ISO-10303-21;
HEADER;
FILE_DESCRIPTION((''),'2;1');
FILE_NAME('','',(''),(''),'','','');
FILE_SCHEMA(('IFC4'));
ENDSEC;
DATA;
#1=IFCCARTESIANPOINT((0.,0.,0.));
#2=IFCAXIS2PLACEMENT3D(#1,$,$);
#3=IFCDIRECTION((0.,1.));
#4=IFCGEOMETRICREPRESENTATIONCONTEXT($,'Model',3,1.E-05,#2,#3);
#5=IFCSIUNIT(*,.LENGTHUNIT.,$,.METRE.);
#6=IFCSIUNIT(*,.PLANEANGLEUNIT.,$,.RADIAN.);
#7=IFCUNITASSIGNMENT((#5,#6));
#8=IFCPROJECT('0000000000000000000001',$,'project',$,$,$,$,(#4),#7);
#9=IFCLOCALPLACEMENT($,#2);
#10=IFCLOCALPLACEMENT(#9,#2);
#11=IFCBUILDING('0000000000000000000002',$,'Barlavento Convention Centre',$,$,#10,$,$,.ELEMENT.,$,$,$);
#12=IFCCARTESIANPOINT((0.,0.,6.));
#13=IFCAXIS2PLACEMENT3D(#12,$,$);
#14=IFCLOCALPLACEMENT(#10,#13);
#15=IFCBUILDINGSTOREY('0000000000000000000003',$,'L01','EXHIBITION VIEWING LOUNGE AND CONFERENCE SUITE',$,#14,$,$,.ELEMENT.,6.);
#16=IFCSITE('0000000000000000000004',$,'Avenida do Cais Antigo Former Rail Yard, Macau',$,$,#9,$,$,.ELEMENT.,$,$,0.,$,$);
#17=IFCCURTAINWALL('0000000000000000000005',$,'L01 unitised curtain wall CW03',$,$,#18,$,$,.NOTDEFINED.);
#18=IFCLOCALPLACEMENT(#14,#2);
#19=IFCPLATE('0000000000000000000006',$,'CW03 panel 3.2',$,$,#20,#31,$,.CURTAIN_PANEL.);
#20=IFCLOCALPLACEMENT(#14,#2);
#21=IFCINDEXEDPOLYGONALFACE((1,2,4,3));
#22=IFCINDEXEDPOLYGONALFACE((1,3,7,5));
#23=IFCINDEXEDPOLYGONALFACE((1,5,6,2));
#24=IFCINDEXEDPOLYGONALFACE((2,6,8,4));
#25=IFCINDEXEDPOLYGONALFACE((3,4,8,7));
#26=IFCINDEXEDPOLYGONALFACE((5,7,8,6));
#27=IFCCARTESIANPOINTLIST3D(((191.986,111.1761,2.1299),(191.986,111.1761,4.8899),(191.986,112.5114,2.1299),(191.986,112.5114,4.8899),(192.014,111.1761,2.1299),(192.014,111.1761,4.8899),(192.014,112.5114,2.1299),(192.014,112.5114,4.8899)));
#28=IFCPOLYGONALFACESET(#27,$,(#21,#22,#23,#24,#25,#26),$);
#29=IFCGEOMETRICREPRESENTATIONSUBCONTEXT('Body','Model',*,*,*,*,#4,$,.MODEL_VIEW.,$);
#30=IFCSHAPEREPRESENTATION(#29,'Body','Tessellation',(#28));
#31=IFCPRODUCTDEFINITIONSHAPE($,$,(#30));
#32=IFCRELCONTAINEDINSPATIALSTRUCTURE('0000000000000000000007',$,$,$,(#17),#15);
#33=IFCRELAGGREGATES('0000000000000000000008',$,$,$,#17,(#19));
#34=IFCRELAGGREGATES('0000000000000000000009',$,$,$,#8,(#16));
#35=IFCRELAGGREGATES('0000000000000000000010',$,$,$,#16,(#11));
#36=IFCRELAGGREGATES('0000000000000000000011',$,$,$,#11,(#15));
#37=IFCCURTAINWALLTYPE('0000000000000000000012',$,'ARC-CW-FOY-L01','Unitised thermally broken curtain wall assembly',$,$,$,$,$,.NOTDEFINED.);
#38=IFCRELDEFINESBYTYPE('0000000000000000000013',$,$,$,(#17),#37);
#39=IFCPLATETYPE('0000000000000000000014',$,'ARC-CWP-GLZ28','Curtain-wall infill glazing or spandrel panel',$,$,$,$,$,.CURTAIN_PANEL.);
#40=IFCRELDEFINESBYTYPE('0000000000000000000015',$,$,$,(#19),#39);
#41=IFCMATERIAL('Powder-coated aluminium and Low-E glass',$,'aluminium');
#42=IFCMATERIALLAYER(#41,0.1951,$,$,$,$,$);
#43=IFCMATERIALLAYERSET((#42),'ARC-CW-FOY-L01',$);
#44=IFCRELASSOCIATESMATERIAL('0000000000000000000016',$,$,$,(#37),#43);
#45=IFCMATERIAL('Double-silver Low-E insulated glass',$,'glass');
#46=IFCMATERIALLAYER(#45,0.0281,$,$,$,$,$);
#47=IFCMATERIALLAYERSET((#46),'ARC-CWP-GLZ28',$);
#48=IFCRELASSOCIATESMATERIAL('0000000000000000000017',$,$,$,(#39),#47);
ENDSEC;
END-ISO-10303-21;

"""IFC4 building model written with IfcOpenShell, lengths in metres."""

from ifc_helpers import new_model, si_unit, direction, frame, origin, origin_2d, place, context, subcontext, project, spatial, rectangle, extrude, material, layer, layer_set, type_object, element, aggregate, save


model = new_model("IFC4")

# Units and contexts
model_context = context("Model", 3, precision=1e-05, world=origin(), true_north=direction((0.0, 1.0)))
body_context = subcontext(model_context, "Body", "Model", "MODEL_VIEW")
ifc_project = project(units=[si_unit("LENGTHUNIT", "METRE"), si_unit("PLANEANGLEUNIT", "RADIAN")], contexts=[model_context])

# Site, building, storey
site_placement = place(None, origin())
site = spatial("IfcSite", under=ifc_project, at=site_placement, Name="Avenida do Cais Antigo Former Rail Yard, Macau", CompositionType="ELEMENT", RefElevation=0.0)
building_placement = place(site_placement, origin())
building = spatial("IfcBuilding", under=site, at=building_placement, Name="Barlavento Convention Centre", CompositionType="ELEMENT")
storey_placement = place(building_placement, frame((0.0, 0.0, 6.0)))
storey = spatial("IfcBuildingStorey", under=building, at=storey_placement, Name="L01", Description="EXHIBITION VIEWING LOUNGE AND CONFERENCE SUITE", CompositionType="ELEMENT", Elevation=6.0)

# Curtain wall
ifc_material_1 = material(Name="Powder-coated aluminium and Low-E glass", Category="aluminium")
ifc_layer_1 = layer(ifc_material_1, 0.1951)
ifc_layer_set_1 = layer_set([ifc_layer_1], Name="ARC-CW-FOY-L01")
curtain_wall_type = type_object("IfcCurtainWallType", Name="ARC-CW-FOY-L01", Description="Unitised thermally broken curtain wall assembly", PredefinedType="NOTDEFINED", material=ifc_layer_set_1)
curtain_wall_placement = place(storey_placement, origin())
curtain_wall = element("IfcCurtainWall", 1, at=curtain_wall_placement, inside=storey, type_object=curtain_wall_type, Name="L01 unitised curtain wall CW03", PredefinedType="NOTDEFINED")

# Plate
ifc_material_2 = material(Name="Double-silver Low-E insulated glass", Category="glass")
ifc_layer_2 = layer(ifc_material_2, 0.0281)
ifc_layer_set_2 = layer_set([ifc_layer_2], Name="ARC-CWP-GLZ28")
plate_type = type_object("IfcPlateType", Name="ARC-CWP-GLZ28", Description="Curtain-wall infill glazing or spandrel panel", PredefinedType="CURTAIN_PANEL", material=ifc_layer_set_2)
plate_1_placement = place(storey_placement, frame((192.0, 111.8438, 2.1299), z_axis=(0.0, 0.0, 1.0), x_axis=(0.0, 1.0, 0.0)))
plate_1 = element("IfcPlate", 2, at=plate_1_placement, type_object=plate_type, Name="CW03 panel 3.2", PredefinedType="CURTAIN_PANEL", context=body_context, shape_type="SweptSolid", body=[
    extrude(rectangle(XDim=1.3352, YDim=0.0281, at=origin_2d()), origin(), (0.0, 0.0, 1.0), 2.76),
])
aggregate(curtain_wall, [plate_1])

save(model, "model.ifc")
